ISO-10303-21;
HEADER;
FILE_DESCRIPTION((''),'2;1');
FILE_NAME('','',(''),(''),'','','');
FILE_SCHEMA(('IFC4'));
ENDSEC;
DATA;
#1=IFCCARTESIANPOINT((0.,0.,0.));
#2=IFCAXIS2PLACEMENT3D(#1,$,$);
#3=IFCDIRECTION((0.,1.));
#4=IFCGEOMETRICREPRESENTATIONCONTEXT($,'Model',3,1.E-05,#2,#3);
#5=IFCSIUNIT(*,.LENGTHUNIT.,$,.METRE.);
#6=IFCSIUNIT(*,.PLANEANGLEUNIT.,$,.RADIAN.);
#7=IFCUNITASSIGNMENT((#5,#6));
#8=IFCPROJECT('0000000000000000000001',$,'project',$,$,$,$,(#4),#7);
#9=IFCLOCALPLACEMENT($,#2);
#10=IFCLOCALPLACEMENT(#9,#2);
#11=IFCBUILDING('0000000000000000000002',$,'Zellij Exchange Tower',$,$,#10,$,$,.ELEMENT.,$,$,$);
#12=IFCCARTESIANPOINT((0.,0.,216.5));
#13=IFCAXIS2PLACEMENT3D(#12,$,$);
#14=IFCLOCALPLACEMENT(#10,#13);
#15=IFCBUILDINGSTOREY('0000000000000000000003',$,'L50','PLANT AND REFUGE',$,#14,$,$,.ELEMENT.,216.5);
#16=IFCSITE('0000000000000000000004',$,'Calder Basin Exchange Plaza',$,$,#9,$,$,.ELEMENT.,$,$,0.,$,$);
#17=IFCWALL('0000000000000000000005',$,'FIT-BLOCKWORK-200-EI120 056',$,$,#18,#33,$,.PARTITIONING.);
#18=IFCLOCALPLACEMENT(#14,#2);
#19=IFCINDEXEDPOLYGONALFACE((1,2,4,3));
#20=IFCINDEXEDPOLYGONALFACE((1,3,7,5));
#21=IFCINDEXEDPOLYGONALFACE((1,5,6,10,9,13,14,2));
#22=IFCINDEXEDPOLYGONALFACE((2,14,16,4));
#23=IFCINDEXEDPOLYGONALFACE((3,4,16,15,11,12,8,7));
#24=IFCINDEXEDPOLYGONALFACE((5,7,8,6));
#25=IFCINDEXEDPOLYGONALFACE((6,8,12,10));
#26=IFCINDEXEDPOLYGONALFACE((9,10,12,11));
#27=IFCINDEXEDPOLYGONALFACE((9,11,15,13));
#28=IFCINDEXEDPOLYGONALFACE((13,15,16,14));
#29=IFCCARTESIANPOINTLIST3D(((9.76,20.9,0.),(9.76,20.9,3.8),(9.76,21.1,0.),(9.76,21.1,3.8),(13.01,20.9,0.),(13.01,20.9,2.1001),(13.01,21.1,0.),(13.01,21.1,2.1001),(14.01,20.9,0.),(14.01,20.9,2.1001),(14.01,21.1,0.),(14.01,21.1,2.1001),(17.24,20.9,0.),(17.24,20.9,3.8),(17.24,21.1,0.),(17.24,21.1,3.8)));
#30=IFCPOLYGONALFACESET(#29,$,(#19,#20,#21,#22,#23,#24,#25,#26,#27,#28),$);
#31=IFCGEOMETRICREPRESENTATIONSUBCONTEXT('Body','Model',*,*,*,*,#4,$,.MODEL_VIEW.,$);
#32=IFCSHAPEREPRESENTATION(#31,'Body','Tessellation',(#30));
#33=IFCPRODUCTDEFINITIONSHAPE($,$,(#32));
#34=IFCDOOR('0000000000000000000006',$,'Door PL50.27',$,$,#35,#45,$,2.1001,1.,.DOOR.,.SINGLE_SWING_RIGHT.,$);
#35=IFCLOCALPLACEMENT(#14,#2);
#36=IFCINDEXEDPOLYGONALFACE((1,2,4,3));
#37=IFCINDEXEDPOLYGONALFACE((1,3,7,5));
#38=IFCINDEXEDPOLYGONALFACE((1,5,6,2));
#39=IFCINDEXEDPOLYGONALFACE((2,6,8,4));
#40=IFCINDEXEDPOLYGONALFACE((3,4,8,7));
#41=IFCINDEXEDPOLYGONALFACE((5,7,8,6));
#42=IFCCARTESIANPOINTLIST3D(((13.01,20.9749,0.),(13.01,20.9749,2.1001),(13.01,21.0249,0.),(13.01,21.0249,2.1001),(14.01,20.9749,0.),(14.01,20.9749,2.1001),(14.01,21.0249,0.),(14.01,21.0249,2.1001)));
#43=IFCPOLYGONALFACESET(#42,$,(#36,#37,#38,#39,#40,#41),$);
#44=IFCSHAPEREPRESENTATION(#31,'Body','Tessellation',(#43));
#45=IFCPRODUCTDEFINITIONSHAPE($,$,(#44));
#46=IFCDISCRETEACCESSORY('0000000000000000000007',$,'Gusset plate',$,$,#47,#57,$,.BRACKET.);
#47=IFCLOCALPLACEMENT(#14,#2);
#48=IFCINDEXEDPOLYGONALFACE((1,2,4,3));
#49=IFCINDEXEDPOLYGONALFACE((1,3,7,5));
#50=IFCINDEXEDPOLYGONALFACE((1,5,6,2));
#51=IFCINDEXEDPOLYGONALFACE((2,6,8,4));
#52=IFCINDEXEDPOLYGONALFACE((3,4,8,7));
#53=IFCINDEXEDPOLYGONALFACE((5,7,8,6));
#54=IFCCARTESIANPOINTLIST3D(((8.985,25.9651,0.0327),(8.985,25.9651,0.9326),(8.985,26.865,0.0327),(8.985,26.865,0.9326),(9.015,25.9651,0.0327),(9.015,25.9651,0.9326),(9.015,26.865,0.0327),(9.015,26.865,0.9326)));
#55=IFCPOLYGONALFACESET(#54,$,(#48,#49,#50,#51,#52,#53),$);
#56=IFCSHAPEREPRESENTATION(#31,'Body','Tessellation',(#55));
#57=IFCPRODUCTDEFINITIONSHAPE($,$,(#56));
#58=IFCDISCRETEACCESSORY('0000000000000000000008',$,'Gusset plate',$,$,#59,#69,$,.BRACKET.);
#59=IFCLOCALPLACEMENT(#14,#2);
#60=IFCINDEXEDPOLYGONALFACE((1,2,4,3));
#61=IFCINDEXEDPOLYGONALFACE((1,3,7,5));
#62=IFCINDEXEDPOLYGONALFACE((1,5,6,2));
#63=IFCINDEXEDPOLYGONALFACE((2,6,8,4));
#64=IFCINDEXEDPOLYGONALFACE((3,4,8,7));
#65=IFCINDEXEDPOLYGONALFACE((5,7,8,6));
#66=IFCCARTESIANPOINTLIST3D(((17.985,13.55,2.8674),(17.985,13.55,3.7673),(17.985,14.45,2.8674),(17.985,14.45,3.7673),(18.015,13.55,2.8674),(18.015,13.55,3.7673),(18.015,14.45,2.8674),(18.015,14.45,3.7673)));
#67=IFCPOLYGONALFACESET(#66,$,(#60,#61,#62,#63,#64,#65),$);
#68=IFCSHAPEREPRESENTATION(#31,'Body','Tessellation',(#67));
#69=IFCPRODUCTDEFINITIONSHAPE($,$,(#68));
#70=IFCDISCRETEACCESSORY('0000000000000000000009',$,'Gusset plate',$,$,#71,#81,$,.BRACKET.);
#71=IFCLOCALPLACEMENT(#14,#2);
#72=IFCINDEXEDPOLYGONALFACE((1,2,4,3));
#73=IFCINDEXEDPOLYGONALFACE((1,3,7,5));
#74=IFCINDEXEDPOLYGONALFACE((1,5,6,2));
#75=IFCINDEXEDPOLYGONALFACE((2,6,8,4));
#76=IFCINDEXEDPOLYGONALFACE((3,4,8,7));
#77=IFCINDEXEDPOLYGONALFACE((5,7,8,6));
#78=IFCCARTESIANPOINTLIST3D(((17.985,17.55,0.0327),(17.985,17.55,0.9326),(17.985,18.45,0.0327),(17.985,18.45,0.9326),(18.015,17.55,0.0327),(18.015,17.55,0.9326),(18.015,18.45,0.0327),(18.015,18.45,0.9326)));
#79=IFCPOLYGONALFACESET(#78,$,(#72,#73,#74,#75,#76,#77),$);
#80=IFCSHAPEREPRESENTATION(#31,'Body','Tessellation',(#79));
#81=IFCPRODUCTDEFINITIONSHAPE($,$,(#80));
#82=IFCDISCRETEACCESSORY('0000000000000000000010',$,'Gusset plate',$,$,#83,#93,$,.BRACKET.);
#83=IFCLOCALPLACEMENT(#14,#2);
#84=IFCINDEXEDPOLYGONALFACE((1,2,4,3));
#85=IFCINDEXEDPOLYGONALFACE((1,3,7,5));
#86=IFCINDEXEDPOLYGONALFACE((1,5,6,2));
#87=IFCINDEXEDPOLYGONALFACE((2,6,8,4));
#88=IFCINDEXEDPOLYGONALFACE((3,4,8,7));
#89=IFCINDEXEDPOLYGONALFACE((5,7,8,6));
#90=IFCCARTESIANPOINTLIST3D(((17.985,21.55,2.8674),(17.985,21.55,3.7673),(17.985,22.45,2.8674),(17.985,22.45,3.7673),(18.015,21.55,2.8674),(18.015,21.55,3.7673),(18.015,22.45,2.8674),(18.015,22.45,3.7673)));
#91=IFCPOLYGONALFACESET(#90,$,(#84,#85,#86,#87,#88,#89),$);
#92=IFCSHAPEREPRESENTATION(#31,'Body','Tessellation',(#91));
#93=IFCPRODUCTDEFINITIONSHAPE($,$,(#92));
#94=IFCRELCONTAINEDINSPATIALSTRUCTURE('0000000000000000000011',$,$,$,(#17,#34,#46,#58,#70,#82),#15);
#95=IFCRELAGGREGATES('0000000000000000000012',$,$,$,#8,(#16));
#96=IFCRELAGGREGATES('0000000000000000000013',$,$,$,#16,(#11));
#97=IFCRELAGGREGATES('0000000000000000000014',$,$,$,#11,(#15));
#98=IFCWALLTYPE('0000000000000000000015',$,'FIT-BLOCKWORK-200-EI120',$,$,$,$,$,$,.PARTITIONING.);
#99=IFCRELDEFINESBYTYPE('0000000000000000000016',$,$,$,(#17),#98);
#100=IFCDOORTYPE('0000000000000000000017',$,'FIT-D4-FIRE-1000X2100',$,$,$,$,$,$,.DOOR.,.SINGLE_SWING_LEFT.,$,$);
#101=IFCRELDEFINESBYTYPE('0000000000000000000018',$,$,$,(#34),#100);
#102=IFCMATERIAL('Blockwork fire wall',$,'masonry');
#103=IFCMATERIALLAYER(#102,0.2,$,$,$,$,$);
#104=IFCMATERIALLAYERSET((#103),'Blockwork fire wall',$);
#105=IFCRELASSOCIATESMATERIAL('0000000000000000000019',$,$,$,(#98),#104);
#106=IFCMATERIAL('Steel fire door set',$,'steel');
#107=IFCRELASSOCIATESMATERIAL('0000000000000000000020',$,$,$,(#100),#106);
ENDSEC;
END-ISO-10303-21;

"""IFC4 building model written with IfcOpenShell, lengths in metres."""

from ifc_helpers import new_model, si_unit, direction, frame, frame_2d, origin, origin_2d, place, context, subcontext, project, spatial, rectangle, extrude, material, layer, layer_set, type_object, element, fill, save


model = new_model("IFC4")

# Units and contexts
model_context = context("Model", 3, precision=1e-05, world=origin(), true_north=direction((0.0, 1.0)))
body_context = subcontext(model_context, "Body", "Model", "MODEL_VIEW")
ifc_project = project(units=[si_unit("LENGTHUNIT", "METRE"), si_unit("PLANEANGLEUNIT", "RADIAN")], contexts=[model_context])

# Site, building, storey
site_placement = place(None, origin())
site = spatial("IfcSite", under=ifc_project, at=site_placement, Name="Calder Basin Exchange Plaza", CompositionType="ELEMENT", RefElevation=0.0)
building_placement = place(site_placement, origin())
building = spatial("IfcBuilding", under=site, at=building_placement, Name="Zellij Exchange Tower", CompositionType="ELEMENT")
storey_placement = place(building_placement, frame((0.0, 0.0, 216.5)))
storey = spatial("IfcBuildingStorey", under=building, at=storey_placement, Name="L50", Description="PLANT AND REFUGE", CompositionType="ELEMENT", Elevation=216.5)

# Wall, opening, door
ifc_material_1 = material(Name="Blockwork fire wall", Category="masonry")
ifc_layer = layer(ifc_material_1, 0.2)
ifc_layer_set = layer_set([ifc_layer], Name="Blockwork fire wall")
wall_type = type_object("IfcWallType", Name="FIT-BLOCKWORK-200-EI120", PredefinedType="PARTITIONING", material=ifc_layer_set)
ifc_material_2 = material(Name="Steel fire door set", Category="steel")
door_type = type_object("IfcDoorType", Name="FIT-D4-FIRE-1000X2100", OperationType="SINGLE_SWING_LEFT", PredefinedType="DOOR", material=ifc_material_2)
wall_1_placement = place(storey_placement, frame((9.76, 21.0, 0.0), z_axis=(0.0, 0.0, 1.0), x_axis=(1.0, 0.0, 0.0)))
wall_1 = element("IfcWall", 1, at=wall_1_placement, inside=storey, type_object=wall_type, Name="FIT-BLOCKWORK-200-EI120 056", PredefinedType="PARTITIONING", context=body_context, shape_type="SweptSolid", body=[
    extrude(rectangle(XDim=7.48, YDim=0.2, at=frame_2d((3.74, 0.0))), origin(), (0.0, 0.0, 1.0), 3.8),
])
opening_1_placement = place(wall_1_placement, frame((3.25, 0.0, 0.0)))
opening_1 = element("IfcOpeningElement", 2, at=opening_1_placement, cuts=wall_1, PredefinedType="OPENING", context=body_context, shape_type="SweptSolid", body=[
    extrude(rectangle(XDim=1.0, YDim=2.1001, at=frame_2d((0.5, 1.05))), frame((0.0, 0.1118, 0.0), z_axis=(0.0, -1.0, 0.0), x_axis=(1.0, 0.0, 0.0)), (0.0, 0.0, 1.0), 0.2239),
])
door_1_placement = place(opening_1_placement, origin())
door_1 = element("IfcDoor", 3, at=door_1_placement, inside=storey, type_object=door_type, Name="Door PL50.27", OperationType="SINGLE_SWING_RIGHT", OverallHeight=2.1001, OverallWidth=1.0, PredefinedType="DOOR", context=body_context, shape_type="SweptSolid", body=[
    extrude(rectangle(XDim=1.0, YDim=2.1001, at=frame_2d((0.5, 1.05))), frame((0.0, 0.0249, 0.0), z_axis=(0.0, -1.0, 0.0), x_axis=(1.0, 0.0, 0.0)), (0.0, 0.0, 1.0), 0.05),
])
fill(opening_1, door_1)

# Discrete accessories
for number, where, z_axis, x_axis, name in (
    (4, (9.0, 26.415, 0.0327), (0.0, 0.0, 1.0), (0.0, 1.0, 0.0), "Gusset plate"),
    (5, (18.0, 14.0, 2.8674), (0.0, 0.0, 1.0), (0.0, 1.0, 0.0), "Gusset plate"),
    (6, (18.0, 18.0, 0.0327), (0.0, 0.0, 1.0), (0.0, 1.0, 0.0), "Gusset plate"),
    (7, (18.0, 22.0, 2.8674), (0.0, 0.0, 1.0), (0.0, 1.0, 0.0), "Gusset plate"),
):
    element("IfcDiscreteAccessory", number, at=place(storey_placement, frame(where, z_axis=z_axis, x_axis=x_axis)), inside=storey, Name=name, PredefinedType="BRACKET", context=body_context, shape_type="SweptSolid", body=[
        extrude(rectangle(XDim=0.8999, YDim=0.03, at=origin_2d()), origin(), (0.0, 0.0, 1.0), 0.8999),
    ])

save(model, "model.ifc")
